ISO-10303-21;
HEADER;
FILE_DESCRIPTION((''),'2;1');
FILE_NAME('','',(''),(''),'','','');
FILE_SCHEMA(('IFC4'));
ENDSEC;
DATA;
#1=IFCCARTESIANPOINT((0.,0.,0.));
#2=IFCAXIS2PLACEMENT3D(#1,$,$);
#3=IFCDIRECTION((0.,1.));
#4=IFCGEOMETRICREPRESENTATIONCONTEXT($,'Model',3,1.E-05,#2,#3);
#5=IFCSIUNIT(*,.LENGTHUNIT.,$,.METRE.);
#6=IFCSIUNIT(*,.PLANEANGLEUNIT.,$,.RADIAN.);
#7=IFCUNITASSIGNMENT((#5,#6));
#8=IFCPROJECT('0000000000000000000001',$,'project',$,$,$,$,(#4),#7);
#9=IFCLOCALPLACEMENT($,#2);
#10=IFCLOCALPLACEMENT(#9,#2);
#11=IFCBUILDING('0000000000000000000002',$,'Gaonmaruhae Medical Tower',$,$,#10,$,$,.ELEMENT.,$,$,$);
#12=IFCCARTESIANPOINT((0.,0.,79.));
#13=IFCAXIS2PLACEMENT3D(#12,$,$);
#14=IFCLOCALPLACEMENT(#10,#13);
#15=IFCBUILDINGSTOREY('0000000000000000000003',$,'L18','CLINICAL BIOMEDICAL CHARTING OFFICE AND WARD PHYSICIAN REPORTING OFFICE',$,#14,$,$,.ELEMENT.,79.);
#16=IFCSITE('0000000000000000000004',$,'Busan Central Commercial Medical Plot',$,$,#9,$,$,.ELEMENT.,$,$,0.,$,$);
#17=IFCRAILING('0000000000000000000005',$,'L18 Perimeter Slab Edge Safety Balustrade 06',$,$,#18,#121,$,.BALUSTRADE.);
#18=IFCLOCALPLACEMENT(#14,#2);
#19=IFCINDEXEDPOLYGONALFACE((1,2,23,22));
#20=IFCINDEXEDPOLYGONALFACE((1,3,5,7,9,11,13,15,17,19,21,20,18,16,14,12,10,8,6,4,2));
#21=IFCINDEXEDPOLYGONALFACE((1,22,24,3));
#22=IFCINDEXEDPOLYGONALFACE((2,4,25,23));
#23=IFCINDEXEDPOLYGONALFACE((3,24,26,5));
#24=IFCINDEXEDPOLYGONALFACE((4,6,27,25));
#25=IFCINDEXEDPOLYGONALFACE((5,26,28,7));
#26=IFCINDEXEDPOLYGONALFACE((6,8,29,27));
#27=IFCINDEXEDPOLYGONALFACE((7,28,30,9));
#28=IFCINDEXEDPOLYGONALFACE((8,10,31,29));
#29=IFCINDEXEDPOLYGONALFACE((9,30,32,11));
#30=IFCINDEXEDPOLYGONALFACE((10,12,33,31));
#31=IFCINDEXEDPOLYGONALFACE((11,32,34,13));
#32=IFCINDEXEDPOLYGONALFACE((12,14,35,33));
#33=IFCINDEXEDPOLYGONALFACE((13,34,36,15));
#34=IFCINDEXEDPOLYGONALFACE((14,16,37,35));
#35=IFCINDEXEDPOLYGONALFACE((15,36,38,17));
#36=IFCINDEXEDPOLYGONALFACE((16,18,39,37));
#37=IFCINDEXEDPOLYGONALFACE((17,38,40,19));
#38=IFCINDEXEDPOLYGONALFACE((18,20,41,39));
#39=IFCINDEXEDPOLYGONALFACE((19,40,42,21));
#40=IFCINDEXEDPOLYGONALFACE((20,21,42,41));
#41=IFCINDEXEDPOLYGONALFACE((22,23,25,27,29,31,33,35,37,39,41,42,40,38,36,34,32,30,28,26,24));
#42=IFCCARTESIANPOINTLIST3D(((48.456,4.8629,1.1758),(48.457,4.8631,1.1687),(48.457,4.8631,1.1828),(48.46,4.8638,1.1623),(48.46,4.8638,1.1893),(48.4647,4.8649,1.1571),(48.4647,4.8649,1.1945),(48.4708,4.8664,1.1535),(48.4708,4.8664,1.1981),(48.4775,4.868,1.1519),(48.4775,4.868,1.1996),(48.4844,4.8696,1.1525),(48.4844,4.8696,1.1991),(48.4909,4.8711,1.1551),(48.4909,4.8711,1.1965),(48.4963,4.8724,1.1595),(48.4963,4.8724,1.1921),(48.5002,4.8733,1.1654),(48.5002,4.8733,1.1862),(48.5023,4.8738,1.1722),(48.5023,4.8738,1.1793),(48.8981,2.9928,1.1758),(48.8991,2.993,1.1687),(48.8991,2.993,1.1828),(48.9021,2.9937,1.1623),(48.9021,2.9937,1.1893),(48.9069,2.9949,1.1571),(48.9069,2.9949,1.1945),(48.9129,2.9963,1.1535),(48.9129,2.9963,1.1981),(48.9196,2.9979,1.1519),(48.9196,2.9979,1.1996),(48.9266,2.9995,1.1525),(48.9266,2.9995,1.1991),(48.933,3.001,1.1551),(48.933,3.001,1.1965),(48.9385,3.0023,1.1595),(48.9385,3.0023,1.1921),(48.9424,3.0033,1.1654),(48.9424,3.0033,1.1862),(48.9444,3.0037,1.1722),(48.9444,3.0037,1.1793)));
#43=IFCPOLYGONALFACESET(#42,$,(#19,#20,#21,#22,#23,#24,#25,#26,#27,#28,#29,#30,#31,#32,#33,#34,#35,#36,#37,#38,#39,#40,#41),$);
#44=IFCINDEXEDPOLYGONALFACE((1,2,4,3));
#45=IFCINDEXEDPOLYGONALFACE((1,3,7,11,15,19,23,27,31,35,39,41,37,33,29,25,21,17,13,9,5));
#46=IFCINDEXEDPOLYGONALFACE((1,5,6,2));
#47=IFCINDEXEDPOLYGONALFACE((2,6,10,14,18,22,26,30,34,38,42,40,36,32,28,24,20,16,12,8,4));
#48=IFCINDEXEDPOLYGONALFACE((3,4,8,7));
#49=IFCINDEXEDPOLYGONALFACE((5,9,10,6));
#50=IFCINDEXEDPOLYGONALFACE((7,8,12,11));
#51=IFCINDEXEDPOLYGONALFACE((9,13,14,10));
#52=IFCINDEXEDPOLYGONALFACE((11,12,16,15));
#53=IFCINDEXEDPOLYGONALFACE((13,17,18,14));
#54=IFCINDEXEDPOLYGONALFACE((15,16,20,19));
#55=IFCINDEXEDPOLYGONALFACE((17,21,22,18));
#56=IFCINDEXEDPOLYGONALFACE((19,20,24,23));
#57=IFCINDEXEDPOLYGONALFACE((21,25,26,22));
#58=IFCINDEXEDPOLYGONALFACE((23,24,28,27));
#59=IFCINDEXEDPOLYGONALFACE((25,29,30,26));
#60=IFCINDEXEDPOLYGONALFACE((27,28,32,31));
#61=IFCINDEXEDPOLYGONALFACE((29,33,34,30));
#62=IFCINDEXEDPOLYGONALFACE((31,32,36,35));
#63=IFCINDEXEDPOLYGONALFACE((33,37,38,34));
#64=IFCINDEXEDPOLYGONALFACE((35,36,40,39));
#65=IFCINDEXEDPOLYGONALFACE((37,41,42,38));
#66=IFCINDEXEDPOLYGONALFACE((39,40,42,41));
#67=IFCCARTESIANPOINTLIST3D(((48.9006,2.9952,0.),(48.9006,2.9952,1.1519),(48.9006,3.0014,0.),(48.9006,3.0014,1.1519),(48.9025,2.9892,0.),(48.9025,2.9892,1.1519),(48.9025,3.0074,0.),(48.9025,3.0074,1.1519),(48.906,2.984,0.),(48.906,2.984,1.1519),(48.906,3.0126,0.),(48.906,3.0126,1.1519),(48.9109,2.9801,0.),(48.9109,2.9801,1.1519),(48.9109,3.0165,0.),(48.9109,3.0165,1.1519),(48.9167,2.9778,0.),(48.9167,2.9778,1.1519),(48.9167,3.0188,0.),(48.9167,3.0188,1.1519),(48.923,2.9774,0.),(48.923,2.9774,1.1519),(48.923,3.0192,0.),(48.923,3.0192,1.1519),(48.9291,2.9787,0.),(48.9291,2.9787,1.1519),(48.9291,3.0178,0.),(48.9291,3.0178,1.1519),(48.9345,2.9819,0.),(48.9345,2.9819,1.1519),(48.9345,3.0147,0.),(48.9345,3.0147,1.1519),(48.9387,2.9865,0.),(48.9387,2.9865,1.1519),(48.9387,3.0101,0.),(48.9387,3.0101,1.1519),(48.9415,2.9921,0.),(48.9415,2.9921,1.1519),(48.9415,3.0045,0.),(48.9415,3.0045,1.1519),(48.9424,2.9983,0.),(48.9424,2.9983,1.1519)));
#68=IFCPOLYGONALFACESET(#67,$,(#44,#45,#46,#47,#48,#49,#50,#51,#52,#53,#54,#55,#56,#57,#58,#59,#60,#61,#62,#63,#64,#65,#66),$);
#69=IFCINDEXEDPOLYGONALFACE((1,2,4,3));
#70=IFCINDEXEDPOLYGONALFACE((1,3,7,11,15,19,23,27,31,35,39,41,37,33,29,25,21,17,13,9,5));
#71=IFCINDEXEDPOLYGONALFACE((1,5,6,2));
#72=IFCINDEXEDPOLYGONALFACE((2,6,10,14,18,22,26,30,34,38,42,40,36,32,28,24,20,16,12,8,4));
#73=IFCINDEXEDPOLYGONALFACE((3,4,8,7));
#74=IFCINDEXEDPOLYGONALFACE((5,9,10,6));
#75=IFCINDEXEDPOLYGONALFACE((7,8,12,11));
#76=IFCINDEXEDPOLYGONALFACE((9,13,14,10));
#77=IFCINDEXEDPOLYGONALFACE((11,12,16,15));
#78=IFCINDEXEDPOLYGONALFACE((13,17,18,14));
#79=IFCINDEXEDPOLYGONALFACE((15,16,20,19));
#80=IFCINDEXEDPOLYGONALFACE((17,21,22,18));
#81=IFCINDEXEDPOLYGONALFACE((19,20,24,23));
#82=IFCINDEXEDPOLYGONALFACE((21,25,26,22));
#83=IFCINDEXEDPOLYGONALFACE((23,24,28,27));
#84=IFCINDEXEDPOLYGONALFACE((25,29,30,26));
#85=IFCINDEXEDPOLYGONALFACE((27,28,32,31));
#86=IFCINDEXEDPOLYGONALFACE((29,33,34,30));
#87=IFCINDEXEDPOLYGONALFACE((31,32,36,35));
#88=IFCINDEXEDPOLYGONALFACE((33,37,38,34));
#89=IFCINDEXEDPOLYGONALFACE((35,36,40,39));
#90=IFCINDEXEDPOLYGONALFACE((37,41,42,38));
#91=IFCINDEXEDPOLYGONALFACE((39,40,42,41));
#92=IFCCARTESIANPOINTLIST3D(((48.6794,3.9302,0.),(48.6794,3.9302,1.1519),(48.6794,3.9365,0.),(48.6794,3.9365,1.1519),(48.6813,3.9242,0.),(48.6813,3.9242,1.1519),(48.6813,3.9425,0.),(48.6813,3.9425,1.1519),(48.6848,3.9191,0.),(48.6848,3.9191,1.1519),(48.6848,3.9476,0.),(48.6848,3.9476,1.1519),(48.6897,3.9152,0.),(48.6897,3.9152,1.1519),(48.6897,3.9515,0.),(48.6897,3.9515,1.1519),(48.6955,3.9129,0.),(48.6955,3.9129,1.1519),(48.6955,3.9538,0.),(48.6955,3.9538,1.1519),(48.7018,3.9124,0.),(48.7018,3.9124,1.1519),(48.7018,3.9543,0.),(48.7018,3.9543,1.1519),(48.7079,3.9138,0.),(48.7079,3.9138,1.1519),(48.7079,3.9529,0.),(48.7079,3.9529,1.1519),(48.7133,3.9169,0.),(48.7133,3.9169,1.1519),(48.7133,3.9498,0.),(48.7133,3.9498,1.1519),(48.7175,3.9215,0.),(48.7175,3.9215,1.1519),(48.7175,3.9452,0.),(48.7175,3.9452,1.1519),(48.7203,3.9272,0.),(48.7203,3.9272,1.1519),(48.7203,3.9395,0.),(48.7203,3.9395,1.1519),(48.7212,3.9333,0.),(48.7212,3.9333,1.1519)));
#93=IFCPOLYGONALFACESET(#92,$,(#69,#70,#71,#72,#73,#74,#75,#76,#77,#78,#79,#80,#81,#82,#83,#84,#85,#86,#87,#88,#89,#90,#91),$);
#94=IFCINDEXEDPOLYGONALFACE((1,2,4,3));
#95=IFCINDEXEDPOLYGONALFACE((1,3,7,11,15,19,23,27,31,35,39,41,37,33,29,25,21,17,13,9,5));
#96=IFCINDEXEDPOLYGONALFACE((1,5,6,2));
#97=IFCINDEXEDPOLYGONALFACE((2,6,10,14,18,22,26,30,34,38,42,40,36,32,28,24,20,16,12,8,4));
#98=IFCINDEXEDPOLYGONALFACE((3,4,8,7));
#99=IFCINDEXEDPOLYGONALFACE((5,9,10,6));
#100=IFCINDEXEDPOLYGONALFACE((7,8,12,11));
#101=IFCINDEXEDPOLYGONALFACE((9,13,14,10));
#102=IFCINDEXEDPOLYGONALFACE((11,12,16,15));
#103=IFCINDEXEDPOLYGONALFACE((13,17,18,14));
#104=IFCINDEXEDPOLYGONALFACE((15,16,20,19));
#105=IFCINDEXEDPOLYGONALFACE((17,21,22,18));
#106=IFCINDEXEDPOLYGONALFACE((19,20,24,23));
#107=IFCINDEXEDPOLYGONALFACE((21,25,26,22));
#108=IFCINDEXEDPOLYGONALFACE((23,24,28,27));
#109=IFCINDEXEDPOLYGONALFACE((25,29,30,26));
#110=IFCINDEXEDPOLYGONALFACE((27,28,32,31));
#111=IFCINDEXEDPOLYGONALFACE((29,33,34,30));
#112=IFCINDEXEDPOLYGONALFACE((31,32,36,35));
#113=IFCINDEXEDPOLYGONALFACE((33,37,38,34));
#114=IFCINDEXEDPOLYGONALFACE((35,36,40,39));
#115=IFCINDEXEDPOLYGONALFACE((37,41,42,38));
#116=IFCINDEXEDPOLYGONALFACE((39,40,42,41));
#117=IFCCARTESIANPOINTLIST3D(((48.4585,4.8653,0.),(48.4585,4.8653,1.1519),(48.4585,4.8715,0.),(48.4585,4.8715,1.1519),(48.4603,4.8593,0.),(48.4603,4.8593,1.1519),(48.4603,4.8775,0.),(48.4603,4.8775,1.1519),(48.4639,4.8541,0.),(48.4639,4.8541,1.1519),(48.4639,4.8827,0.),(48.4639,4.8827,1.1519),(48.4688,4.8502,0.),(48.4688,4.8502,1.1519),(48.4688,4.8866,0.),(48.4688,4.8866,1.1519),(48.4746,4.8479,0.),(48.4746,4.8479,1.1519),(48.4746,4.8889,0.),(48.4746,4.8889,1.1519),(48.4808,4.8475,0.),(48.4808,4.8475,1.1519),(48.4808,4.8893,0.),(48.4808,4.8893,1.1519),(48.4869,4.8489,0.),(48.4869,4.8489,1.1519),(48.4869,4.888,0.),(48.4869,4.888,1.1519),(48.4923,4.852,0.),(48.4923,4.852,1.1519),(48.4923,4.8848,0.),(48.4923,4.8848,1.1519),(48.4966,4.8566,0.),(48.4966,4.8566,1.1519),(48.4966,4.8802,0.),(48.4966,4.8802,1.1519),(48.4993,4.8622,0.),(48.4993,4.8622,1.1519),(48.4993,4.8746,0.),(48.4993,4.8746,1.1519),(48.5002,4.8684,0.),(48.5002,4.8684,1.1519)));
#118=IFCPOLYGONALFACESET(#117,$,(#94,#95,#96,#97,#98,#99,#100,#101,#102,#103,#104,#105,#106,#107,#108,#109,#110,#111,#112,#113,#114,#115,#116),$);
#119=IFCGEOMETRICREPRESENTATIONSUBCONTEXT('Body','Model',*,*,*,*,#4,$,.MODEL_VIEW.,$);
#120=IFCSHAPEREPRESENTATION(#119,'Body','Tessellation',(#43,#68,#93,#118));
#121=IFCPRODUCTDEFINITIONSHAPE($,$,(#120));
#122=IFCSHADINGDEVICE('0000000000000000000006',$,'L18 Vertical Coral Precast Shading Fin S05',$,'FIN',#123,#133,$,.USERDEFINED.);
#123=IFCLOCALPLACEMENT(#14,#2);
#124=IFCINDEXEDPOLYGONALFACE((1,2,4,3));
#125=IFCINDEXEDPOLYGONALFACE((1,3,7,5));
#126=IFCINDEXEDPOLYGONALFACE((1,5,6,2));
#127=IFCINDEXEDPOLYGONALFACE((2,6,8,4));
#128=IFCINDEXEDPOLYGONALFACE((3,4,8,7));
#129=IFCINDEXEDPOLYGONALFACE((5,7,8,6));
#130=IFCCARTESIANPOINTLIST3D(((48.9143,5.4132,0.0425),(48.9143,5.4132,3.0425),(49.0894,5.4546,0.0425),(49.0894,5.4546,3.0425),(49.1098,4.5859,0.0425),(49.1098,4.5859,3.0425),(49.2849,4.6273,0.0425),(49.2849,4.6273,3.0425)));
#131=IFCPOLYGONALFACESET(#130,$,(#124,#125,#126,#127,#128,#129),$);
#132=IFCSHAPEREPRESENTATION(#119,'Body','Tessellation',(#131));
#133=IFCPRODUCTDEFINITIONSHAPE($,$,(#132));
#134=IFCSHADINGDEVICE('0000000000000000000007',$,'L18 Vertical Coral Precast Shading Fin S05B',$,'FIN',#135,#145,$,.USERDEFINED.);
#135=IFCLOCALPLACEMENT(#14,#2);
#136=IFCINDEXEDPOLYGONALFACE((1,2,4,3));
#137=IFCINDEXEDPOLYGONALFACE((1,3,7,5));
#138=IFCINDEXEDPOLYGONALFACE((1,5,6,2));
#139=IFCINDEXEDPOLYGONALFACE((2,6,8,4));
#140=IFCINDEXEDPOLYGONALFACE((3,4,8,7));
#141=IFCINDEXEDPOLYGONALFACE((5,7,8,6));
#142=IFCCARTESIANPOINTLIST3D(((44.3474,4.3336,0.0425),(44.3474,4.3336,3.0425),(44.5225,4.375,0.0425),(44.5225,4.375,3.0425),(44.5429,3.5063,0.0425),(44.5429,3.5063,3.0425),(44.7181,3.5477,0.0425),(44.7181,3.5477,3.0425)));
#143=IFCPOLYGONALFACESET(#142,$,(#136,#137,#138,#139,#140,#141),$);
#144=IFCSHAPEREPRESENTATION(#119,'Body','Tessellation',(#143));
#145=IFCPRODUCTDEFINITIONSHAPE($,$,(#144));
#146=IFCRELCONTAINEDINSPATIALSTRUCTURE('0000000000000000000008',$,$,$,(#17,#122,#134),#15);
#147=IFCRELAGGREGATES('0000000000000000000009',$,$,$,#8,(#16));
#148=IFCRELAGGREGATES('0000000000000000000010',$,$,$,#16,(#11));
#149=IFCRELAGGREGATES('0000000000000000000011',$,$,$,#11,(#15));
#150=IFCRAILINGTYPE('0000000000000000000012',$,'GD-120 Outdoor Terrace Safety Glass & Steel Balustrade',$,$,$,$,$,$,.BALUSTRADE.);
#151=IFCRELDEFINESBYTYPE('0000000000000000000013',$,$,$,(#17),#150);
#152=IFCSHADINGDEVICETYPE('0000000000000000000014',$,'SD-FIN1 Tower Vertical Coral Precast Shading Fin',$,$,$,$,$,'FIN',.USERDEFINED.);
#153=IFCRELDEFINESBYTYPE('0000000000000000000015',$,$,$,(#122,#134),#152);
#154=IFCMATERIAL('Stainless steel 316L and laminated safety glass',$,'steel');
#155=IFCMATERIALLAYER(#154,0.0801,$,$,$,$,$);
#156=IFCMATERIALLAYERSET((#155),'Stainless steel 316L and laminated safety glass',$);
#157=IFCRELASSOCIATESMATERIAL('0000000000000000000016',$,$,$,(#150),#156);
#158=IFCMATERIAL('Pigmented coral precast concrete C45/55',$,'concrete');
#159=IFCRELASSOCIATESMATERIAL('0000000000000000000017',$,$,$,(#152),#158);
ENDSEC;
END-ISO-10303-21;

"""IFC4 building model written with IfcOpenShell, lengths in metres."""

from ifc_helpers import new_model, si_unit, direction, frame, origin, origin_2d, place, context, subcontext, project, spatial, rectangle, circle, extrude, material, layer, layer_set, type_object, element, save


model = new_model("IFC4")

# Units and contexts
model_context = context("Model", 3, precision=1e-05, world=origin(), true_north=direction((0.0, 1.0)))
body_context = subcontext(model_context, "Body", "Model", "MODEL_VIEW")
ifc_project = project(units=[si_unit("LENGTHUNIT", "METRE"), si_unit("PLANEANGLEUNIT", "RADIAN")], contexts=[model_context])

# Site, building, storey
site_placement = place(None, origin())
site = spatial("IfcSite", under=ifc_project, at=site_placement, Name="Busan Central Commercial Medical Plot", CompositionType="ELEMENT", RefElevation=0.0)
building_placement = place(site_placement, origin())
building = spatial("IfcBuilding", under=site, at=building_placement, Name="Gaonmaruhae Medical Tower", CompositionType="ELEMENT")
storey_placement = place(building_placement, frame((0.0, 0.0, 79.0)))
storey = spatial("IfcBuildingStorey", under=building, at=storey_placement, Name="L18", Description="CLINICAL BIOMEDICAL CHARTING OFFICE AND WARD PHYSICIAN REPORTING OFFICE", CompositionType="ELEMENT", Elevation=79.0)

# Railing
ifc_material_1 = material(Name="Stainless steel 316L and laminated safety glass", Category="steel")
ifc_layer_1 = layer(ifc_material_1, 0.0801)
ifc_layer_set_1 = layer_set([ifc_layer_1], Name="Stainless steel 316L and laminated safety glass")
railing_type_1 = type_object("IfcRailingType", Name="GD-120 Outdoor Terrace Safety Glass & Steel Balustrade", PredefinedType="BALUSTRADE", material=ifc_layer_set_1)
railing_1_placement = place(storey_placement, frame((48.9214, 2.9983, 0.0)))
element("IfcRailing", 1, at=railing_1_placement, inside=storey, type_object=railing_type_1, Name="L18 Perimeter Slab Edge Safety Balustrade 06", PredefinedType="BALUSTRADE", context=body_context, shape_type="SweptSolid", body=[
    extrude(circle(Radius=0.0239, at=origin_2d()), frame((0.0, 0.0, 1.1758), z_axis=(-0.23008, 0.973172, 0.0), x_axis=(-0.973172, -0.23008, 0.0)), (0.0, 0.0, 1.0), 1.9216),
    extrude(circle(Radius=0.021, at=origin_2d()), origin(), (0.0, 0.0, 1.0), 1.1519),
    extrude(circle(Radius=0.021, at=origin_2d()), frame((-0.2212, 0.9351, 0.0)), (0.0, 0.0, 1.0), 1.1519),
    extrude(circle(Radius=0.021, at=origin_2d()), frame((-0.4421, 1.8701, 0.0)), (0.0, 0.0, 1.0), 1.1519),
])

# Shading devices
ifc_material_2 = material(Name="Pigmented coral precast concrete C45/55", Category="concrete")
shading_device_type = type_object("IfcShadingDeviceType", Name="SD-FIN1 Tower Vertical Coral Precast Shading Fin", ElementType="FIN", PredefinedType="USERDEFINED", material=ifc_material_2)
for number, where, z_axis, x_axis, name in (
    (2, (49.0996, 5.0203, 0.0425), (0.0, 0.0, 1.0), (-0.973179, -0.23005, 0.0), "L18 Vertical Coral Precast Shading Fin S05"),
    (3, (44.5327, 3.9407, 0.0425), (0.0, 0.0, 1.0), (-0.973179, -0.23005, 0.0), "L18 Vertical Coral Precast Shading Fin S05B"),
):
    element("IfcShadingDevice", number, at=place(storey_placement, frame(where, z_axis=z_axis, x_axis=x_axis)), inside=storey, type_object=shading_device_type, Name=name, ObjectType="FIN", PredefinedType="USERDEFINED", context=body_context, shape_type="SweptSolid", body=[
        extrude(rectangle(XDim=0.1799, YDim=0.8501, at=origin_2d()), origin(), (0.0, 0.0, 1.0), 3.0),
    ])

save(model, "model.ifc")
